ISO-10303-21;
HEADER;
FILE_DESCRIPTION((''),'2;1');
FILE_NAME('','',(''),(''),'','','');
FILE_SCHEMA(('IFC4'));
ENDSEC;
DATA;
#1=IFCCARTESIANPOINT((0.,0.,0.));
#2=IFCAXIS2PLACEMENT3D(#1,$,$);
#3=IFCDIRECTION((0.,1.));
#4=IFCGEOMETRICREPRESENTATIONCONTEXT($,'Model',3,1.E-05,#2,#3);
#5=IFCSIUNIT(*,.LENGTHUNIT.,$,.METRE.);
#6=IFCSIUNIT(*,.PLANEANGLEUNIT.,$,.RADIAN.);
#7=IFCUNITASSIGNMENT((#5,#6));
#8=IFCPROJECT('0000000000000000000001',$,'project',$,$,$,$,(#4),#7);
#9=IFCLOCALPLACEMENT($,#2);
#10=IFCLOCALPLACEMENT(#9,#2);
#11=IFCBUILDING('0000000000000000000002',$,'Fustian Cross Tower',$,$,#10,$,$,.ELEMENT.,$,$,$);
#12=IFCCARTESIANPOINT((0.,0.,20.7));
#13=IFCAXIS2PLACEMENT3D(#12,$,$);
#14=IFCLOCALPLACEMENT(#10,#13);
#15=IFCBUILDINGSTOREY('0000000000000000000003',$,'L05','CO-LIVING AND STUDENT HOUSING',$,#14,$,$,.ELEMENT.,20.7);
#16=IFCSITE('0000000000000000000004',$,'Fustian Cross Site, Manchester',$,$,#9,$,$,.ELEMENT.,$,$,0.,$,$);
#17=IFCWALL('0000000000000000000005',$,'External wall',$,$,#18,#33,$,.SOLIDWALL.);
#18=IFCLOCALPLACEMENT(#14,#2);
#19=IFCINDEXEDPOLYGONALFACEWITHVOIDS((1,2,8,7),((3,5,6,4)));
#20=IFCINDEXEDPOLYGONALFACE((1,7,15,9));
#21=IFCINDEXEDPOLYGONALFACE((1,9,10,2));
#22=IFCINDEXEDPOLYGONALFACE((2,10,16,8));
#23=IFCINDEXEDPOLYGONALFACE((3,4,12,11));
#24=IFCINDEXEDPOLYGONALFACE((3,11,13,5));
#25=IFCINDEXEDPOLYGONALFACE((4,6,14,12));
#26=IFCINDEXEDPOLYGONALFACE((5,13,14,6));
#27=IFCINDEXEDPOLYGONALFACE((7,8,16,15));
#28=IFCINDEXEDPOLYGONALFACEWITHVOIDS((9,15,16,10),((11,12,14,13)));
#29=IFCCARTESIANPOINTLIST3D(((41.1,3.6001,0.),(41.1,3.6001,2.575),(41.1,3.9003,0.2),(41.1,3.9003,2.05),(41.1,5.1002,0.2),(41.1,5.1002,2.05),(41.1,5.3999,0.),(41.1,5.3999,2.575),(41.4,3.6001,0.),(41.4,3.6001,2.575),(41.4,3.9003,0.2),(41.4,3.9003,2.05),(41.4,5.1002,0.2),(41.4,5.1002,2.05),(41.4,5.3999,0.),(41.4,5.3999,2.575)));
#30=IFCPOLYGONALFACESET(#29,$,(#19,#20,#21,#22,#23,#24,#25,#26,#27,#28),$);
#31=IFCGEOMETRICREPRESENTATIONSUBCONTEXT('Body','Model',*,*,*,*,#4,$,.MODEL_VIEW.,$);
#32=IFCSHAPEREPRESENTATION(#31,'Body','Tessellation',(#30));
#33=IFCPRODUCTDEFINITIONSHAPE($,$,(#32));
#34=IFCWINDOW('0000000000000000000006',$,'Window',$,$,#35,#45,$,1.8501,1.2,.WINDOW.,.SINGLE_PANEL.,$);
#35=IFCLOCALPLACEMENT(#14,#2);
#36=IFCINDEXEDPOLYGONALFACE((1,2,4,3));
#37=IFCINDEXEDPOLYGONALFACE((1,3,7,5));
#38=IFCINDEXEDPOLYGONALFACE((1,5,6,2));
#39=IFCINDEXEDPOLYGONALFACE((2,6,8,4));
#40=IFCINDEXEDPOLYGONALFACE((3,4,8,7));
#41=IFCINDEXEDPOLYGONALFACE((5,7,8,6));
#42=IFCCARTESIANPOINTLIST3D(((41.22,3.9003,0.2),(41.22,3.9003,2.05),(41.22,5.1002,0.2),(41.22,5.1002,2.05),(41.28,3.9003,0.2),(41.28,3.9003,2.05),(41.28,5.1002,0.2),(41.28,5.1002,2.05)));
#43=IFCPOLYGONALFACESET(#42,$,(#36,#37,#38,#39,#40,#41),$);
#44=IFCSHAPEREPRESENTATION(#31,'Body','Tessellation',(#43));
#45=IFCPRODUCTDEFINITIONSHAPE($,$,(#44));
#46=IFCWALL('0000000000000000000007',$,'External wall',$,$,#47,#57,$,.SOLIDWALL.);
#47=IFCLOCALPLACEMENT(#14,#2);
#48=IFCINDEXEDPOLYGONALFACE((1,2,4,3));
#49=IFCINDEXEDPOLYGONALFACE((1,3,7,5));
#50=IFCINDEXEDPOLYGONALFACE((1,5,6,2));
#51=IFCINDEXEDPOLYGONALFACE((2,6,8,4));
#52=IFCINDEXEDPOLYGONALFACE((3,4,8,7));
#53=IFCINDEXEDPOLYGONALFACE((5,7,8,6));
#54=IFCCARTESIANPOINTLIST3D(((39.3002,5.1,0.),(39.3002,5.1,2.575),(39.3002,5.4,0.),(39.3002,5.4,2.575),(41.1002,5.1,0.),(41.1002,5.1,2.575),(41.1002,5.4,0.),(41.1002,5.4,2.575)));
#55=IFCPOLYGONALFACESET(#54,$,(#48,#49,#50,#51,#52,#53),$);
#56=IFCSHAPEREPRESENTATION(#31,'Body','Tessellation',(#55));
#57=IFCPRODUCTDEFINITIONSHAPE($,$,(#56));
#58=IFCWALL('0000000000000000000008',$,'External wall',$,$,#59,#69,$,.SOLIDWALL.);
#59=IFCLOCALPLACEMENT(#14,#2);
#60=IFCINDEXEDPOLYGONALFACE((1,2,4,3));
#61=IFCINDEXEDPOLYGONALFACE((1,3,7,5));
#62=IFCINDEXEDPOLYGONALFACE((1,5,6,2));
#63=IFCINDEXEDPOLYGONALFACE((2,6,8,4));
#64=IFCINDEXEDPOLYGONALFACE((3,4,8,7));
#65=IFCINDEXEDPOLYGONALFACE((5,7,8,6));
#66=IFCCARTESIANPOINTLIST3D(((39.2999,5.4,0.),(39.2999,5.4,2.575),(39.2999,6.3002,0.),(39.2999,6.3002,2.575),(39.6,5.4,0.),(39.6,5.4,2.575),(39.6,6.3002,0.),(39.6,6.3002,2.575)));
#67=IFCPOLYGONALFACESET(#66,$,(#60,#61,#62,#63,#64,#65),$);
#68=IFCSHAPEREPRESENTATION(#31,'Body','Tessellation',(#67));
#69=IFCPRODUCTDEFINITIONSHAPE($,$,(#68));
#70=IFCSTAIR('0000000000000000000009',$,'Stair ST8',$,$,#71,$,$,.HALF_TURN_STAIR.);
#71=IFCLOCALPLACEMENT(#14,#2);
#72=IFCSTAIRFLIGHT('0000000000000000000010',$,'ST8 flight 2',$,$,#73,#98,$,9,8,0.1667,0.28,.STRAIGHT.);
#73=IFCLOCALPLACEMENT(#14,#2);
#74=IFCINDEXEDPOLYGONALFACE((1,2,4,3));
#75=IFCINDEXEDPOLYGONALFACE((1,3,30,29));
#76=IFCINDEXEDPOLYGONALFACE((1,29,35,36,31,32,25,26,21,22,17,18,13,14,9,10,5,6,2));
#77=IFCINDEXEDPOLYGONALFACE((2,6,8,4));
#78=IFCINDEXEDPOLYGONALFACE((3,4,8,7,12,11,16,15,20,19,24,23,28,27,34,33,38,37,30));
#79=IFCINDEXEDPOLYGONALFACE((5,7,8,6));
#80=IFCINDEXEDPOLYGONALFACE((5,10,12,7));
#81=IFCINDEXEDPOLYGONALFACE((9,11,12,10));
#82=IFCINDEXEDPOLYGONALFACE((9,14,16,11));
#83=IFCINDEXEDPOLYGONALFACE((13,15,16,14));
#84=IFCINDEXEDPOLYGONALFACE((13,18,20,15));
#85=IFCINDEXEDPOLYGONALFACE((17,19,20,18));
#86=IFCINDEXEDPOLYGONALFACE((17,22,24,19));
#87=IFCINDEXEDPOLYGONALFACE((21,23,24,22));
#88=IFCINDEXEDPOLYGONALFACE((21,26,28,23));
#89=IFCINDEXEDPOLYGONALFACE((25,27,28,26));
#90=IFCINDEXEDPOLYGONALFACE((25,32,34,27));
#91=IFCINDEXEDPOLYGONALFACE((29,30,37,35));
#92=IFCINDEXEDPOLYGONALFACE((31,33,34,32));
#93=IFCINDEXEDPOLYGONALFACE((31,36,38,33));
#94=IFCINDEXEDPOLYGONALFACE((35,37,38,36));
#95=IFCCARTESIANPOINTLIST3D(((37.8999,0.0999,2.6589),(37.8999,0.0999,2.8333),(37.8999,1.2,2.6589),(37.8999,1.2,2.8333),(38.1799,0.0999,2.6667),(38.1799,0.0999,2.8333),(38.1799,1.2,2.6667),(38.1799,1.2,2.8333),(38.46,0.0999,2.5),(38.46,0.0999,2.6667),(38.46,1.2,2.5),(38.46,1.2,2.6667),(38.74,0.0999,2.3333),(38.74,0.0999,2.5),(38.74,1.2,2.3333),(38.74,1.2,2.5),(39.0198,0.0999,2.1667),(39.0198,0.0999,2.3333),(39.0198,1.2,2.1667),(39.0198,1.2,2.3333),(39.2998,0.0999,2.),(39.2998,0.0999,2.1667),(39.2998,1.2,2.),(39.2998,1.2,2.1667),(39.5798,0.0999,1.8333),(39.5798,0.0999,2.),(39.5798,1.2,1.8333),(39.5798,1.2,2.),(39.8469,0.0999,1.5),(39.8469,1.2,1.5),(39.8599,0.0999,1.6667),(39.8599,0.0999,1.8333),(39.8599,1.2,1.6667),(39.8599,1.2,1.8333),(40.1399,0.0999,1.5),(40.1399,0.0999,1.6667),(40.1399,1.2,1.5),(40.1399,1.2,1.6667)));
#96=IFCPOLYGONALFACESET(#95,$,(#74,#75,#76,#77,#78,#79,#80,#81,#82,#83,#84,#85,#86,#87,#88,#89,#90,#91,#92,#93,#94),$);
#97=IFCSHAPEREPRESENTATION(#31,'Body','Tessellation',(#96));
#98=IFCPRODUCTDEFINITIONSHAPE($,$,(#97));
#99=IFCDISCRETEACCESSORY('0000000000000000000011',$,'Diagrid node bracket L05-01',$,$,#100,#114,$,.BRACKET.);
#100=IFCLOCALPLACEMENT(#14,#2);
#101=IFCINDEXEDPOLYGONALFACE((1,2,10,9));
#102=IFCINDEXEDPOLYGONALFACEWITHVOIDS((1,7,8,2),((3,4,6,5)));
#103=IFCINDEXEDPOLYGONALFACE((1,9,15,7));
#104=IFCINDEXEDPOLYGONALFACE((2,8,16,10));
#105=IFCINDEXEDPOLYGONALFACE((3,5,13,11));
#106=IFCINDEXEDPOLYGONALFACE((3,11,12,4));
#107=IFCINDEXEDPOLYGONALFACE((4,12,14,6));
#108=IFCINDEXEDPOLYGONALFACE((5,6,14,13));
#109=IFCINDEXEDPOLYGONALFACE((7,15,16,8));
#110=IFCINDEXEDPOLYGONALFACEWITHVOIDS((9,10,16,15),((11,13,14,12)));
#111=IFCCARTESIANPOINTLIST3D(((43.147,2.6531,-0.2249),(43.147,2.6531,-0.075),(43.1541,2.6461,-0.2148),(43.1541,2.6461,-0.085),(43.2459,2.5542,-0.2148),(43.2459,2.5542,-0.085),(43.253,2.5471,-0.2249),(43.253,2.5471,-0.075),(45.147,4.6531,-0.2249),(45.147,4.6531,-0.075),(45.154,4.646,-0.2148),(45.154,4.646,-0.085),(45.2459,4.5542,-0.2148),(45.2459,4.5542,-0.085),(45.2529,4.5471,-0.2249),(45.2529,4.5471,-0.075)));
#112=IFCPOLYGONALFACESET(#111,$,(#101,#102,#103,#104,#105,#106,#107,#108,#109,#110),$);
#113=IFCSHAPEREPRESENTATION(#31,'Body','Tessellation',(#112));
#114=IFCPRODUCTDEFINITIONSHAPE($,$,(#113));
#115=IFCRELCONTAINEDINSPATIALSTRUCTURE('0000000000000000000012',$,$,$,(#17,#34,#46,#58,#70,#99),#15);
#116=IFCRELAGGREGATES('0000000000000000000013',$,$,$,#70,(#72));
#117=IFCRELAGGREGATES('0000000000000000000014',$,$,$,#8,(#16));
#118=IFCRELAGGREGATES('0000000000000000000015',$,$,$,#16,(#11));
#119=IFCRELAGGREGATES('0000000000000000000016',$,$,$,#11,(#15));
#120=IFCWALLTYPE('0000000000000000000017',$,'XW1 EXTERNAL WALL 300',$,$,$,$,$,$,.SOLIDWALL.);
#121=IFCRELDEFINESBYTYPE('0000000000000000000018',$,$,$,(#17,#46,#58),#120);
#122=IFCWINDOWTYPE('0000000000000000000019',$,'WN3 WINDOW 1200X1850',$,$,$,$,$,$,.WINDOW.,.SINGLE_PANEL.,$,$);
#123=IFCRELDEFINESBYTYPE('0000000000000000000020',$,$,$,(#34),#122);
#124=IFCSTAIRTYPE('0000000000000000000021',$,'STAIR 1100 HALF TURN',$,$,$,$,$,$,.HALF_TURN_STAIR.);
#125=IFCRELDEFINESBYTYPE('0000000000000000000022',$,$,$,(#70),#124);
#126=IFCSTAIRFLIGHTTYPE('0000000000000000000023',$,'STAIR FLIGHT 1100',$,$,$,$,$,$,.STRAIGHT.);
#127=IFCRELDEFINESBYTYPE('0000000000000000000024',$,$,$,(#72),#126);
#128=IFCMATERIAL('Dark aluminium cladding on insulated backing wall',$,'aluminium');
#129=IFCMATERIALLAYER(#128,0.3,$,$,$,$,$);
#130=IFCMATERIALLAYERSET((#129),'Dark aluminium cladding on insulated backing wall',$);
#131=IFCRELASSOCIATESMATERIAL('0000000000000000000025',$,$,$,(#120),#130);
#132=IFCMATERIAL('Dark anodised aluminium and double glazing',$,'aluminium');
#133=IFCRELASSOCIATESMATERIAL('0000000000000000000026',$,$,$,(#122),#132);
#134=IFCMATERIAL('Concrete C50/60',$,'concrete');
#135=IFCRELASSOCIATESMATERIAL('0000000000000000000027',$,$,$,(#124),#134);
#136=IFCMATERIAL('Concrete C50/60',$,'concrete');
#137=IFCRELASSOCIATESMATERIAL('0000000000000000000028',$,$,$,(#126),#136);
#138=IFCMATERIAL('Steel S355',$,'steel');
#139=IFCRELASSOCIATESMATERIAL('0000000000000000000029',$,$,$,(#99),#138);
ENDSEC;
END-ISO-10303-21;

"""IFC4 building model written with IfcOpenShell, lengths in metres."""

from ifc_helpers import new_model, si_unit, direction, frame, frame_2d, origin, origin_2d, place, context, subcontext, project, spatial, polyline, rectangle, hollow_rectangle, outline, extrude, material, layer, layer_set, type_object, element, fill, aggregate, save


model = new_model("IFC4")

# Units and contexts
model_context = context("Model", 3, precision=1e-05, world=origin(), true_north=direction((0.0, 1.0)))
body_context = subcontext(model_context, "Body", "Model", "MODEL_VIEW")
ifc_project = project(units=[si_unit("LENGTHUNIT", "METRE"), si_unit("PLANEANGLEUNIT", "RADIAN")], contexts=[model_context])

# Site, building, storey
site_placement = place(None, origin())
site = spatial("IfcSite", under=ifc_project, at=site_placement, Name="Fustian Cross Site, Manchester", CompositionType="ELEMENT", RefElevation=0.0)
building_placement = place(site_placement, origin())
building = spatial("IfcBuilding", under=site, at=building_placement, Name="Fustian Cross Tower", CompositionType="ELEMENT")
storey_placement = place(building_placement, frame((0.0, 0.0, 20.7)))
storey = spatial("IfcBuildingStorey", under=building, at=storey_placement, Name="L05", Description="CO-LIVING AND STUDENT HOUSING", CompositionType="ELEMENT", Elevation=20.7)

# Shared definitions
ifc_material_1 = material(Name="Dark aluminium cladding on insulated backing wall", Category="aluminium")
ifc_layer_1 = layer(ifc_material_1, 0.3)
ifc_layer_set_1 = layer_set([ifc_layer_1], Name="Dark aluminium cladding on insulated backing wall")
wall_type_1 = type_object("IfcWallType", Name="XW1 EXTERNAL WALL 300", PredefinedType="SOLIDWALL", material=ifc_layer_set_1)

# Wall, opening, window
wall_1_placement = place(storey_placement, frame((41.25, 3.6001, 0.0), z_axis=(0.0, 0.0, 1.0), x_axis=(0.0, 1.0, 0.0)))
wall_1 = element("IfcWall", 1, at=wall_1_placement, inside=storey, type_object=wall_type_1, Name="External wall", PredefinedType="SOLIDWALL", context=body_context, shape_type="SweptSolid", body=[
    extrude(rectangle(XDim=1.7998, YDim=0.3, at=frame_2d((0.8999, 0.0))), origin(), (0.0, 0.0, 1.0), 2.575),
])
opening_placement = place(wall_1_placement, frame((0.3, 0.0, 0.2)))
opening = element("IfcOpeningElement", 2, at=opening_placement, cuts=wall_1, PredefinedType="OPENING", context=body_context, shape_type="SweptSolid", body=[
    extrude(rectangle(XDim=1.2, YDim=1.8501, at=frame_2d((0.6001, 0.925))), frame((0.0, 0.1599, 0.0), z_axis=(0.0, -1.0, 0.0), x_axis=(1.0, 0.0, 0.0)), (0.0, 0.0, 1.0), 0.3201),
])
ifc_material_2 = material(Name="Dark anodised aluminium and double glazing", Category="aluminium")
window_type = type_object("IfcWindowType", Name="WN3 WINDOW 1200X1850", PartitioningType="SINGLE_PANEL", PredefinedType="WINDOW", material=ifc_material_2)
window_placement = place(opening_placement, origin())
window = element("IfcWindow", 3, at=window_placement, inside=storey, type_object=window_type, Name="Window", OverallHeight=1.8501, OverallWidth=1.2, PartitioningType="SINGLE_PANEL", PredefinedType="WINDOW", context=body_context, shape_type="SweptSolid", body=[
    extrude(rectangle(XDim=1.2, YDim=1.8501, at=frame_2d((0.6001, 0.925))), frame((0.0, 0.03, 0.0), z_axis=(0.0, -1.0, 0.0), x_axis=(1.0, 0.0, 0.0)), (0.0, 0.0, 1.0), 0.0601),
])
fill(opening, window)

# Walls
wall_2_placement = place(storey_placement, frame((41.1001, 5.25, 0.0), z_axis=(0.0, 0.0, 1.0), x_axis=(-1.0, 0.0, 0.0)))
element("IfcWall", 4, at=wall_2_placement, inside=storey, type_object=wall_type_1, Name="External wall", PredefinedType="SOLIDWALL", context=body_context, shape_type="SweptSolid", body=[
    extrude(rectangle(XDim=1.8, YDim=0.3, at=frame_2d((0.8999, 0.0))), origin(), (0.0, 0.0, 1.0), 2.575),
])
wall_3_placement = place(storey_placement, frame((39.45, 5.3999, 0.0), z_axis=(0.0, 0.0, 1.0), x_axis=(0.0, 1.0, 0.0)))
element("IfcWall", 5, at=wall_3_placement, inside=storey, type_object=wall_type_1, Name="External wall", PredefinedType="SOLIDWALL", context=body_context, shape_type="SweptSolid", body=[
    extrude(rectangle(XDim=0.9001, YDim=0.3, at=frame_2d((0.4502, 0.0))), origin(), (0.0, 0.0, 1.0), 2.575),
])

# Stair, stair flight
ifc_material_3 = material(Name="Concrete C50/60", Category="concrete")
stair_type = type_object("IfcStairType", Name="STAIR 1100 HALF TURN", PredefinedType="HALF_TURN_STAIR", material=ifc_material_3)
stair_placement = place(storey_placement, origin())
stair = element("IfcStair", 6, at=stair_placement, inside=storey, type_object=stair_type, Name="Stair ST8", PredefinedType="HALF_TURN_STAIR")
ifc_material_4 = material(Name="Concrete C50/60", Category="concrete")
stair_flight_type = type_object("IfcStairFlightType", Name="STAIR FLIGHT 1100", PredefinedType="STRAIGHT", material=ifc_material_4)
stair_flight_placement = place(storey_placement, frame((40.1399, 0.6499, 1.5), z_axis=(0.0, 0.0, 1.0), x_axis=(-1.0, 0.0, 0.0)))
stair_flight = element("IfcStairFlight", 7, at=stair_flight_placement, type_object=stair_flight_type, Name="ST8 flight 2", NumberOfRisers=9, NumberOfTreads=8, PredefinedType="STRAIGHT", RiserHeight=0.1667, TreadLength=0.28, context=body_context, shape_type="SweptSolid", body=[
    extrude(outline(polyline([(0.0, 0.0), (0.0, 0.1667), (0.28, 0.1667), (0.28, 0.3333), (0.5601, 0.3333), (0.5601, 0.5), (0.8401, 0.5), (0.8401, 0.6667), (1.1201, 0.6667), (1.1201, 0.8333), (1.3999, 0.8333), (1.3999, 1.0), (1.6799, 1.0), (1.6799, 1.1667), (1.96, 1.1667), (1.96, 1.3333), (2.24, 1.3333), (2.24, 1.5), (2.24, 1.1589), (0.293, 0.0), (0.0, 0.0)])), frame((0.0, 0.55, 0.0), z_axis=(0.0, -1.0, 0.0), x_axis=(1.0, 0.0, 0.0)), (0.0, 0.0, 1.0), 1.1001),
])
aggregate(stair, [stair_flight])

# Discrete accessory
ifc_material_5 = material(Name="Steel S355", Category="steel")
discrete_accessory_placement = place(storey_placement, frame((45.2, 4.6001, -0.1499), z_axis=(-0.707107, -0.707107, 0.0), x_axis=(0.707107, -0.707107, 0.0)))
element("IfcDiscreteAccessory", 8, at=discrete_accessory_placement, inside=storey, material=ifc_material_5, Name="Diagrid node bracket L05-01", PredefinedType="BRACKET", context=body_context, shape_type="SweptSolid", body=[
    extrude(hollow_rectangle(XDim=0.1499, YDim=0.1499, WallThickness=0.01, at=origin_2d()), origin(), (0.0, 0.0, 1.0), 2.8284),
])

save(model, "model.ifc")
